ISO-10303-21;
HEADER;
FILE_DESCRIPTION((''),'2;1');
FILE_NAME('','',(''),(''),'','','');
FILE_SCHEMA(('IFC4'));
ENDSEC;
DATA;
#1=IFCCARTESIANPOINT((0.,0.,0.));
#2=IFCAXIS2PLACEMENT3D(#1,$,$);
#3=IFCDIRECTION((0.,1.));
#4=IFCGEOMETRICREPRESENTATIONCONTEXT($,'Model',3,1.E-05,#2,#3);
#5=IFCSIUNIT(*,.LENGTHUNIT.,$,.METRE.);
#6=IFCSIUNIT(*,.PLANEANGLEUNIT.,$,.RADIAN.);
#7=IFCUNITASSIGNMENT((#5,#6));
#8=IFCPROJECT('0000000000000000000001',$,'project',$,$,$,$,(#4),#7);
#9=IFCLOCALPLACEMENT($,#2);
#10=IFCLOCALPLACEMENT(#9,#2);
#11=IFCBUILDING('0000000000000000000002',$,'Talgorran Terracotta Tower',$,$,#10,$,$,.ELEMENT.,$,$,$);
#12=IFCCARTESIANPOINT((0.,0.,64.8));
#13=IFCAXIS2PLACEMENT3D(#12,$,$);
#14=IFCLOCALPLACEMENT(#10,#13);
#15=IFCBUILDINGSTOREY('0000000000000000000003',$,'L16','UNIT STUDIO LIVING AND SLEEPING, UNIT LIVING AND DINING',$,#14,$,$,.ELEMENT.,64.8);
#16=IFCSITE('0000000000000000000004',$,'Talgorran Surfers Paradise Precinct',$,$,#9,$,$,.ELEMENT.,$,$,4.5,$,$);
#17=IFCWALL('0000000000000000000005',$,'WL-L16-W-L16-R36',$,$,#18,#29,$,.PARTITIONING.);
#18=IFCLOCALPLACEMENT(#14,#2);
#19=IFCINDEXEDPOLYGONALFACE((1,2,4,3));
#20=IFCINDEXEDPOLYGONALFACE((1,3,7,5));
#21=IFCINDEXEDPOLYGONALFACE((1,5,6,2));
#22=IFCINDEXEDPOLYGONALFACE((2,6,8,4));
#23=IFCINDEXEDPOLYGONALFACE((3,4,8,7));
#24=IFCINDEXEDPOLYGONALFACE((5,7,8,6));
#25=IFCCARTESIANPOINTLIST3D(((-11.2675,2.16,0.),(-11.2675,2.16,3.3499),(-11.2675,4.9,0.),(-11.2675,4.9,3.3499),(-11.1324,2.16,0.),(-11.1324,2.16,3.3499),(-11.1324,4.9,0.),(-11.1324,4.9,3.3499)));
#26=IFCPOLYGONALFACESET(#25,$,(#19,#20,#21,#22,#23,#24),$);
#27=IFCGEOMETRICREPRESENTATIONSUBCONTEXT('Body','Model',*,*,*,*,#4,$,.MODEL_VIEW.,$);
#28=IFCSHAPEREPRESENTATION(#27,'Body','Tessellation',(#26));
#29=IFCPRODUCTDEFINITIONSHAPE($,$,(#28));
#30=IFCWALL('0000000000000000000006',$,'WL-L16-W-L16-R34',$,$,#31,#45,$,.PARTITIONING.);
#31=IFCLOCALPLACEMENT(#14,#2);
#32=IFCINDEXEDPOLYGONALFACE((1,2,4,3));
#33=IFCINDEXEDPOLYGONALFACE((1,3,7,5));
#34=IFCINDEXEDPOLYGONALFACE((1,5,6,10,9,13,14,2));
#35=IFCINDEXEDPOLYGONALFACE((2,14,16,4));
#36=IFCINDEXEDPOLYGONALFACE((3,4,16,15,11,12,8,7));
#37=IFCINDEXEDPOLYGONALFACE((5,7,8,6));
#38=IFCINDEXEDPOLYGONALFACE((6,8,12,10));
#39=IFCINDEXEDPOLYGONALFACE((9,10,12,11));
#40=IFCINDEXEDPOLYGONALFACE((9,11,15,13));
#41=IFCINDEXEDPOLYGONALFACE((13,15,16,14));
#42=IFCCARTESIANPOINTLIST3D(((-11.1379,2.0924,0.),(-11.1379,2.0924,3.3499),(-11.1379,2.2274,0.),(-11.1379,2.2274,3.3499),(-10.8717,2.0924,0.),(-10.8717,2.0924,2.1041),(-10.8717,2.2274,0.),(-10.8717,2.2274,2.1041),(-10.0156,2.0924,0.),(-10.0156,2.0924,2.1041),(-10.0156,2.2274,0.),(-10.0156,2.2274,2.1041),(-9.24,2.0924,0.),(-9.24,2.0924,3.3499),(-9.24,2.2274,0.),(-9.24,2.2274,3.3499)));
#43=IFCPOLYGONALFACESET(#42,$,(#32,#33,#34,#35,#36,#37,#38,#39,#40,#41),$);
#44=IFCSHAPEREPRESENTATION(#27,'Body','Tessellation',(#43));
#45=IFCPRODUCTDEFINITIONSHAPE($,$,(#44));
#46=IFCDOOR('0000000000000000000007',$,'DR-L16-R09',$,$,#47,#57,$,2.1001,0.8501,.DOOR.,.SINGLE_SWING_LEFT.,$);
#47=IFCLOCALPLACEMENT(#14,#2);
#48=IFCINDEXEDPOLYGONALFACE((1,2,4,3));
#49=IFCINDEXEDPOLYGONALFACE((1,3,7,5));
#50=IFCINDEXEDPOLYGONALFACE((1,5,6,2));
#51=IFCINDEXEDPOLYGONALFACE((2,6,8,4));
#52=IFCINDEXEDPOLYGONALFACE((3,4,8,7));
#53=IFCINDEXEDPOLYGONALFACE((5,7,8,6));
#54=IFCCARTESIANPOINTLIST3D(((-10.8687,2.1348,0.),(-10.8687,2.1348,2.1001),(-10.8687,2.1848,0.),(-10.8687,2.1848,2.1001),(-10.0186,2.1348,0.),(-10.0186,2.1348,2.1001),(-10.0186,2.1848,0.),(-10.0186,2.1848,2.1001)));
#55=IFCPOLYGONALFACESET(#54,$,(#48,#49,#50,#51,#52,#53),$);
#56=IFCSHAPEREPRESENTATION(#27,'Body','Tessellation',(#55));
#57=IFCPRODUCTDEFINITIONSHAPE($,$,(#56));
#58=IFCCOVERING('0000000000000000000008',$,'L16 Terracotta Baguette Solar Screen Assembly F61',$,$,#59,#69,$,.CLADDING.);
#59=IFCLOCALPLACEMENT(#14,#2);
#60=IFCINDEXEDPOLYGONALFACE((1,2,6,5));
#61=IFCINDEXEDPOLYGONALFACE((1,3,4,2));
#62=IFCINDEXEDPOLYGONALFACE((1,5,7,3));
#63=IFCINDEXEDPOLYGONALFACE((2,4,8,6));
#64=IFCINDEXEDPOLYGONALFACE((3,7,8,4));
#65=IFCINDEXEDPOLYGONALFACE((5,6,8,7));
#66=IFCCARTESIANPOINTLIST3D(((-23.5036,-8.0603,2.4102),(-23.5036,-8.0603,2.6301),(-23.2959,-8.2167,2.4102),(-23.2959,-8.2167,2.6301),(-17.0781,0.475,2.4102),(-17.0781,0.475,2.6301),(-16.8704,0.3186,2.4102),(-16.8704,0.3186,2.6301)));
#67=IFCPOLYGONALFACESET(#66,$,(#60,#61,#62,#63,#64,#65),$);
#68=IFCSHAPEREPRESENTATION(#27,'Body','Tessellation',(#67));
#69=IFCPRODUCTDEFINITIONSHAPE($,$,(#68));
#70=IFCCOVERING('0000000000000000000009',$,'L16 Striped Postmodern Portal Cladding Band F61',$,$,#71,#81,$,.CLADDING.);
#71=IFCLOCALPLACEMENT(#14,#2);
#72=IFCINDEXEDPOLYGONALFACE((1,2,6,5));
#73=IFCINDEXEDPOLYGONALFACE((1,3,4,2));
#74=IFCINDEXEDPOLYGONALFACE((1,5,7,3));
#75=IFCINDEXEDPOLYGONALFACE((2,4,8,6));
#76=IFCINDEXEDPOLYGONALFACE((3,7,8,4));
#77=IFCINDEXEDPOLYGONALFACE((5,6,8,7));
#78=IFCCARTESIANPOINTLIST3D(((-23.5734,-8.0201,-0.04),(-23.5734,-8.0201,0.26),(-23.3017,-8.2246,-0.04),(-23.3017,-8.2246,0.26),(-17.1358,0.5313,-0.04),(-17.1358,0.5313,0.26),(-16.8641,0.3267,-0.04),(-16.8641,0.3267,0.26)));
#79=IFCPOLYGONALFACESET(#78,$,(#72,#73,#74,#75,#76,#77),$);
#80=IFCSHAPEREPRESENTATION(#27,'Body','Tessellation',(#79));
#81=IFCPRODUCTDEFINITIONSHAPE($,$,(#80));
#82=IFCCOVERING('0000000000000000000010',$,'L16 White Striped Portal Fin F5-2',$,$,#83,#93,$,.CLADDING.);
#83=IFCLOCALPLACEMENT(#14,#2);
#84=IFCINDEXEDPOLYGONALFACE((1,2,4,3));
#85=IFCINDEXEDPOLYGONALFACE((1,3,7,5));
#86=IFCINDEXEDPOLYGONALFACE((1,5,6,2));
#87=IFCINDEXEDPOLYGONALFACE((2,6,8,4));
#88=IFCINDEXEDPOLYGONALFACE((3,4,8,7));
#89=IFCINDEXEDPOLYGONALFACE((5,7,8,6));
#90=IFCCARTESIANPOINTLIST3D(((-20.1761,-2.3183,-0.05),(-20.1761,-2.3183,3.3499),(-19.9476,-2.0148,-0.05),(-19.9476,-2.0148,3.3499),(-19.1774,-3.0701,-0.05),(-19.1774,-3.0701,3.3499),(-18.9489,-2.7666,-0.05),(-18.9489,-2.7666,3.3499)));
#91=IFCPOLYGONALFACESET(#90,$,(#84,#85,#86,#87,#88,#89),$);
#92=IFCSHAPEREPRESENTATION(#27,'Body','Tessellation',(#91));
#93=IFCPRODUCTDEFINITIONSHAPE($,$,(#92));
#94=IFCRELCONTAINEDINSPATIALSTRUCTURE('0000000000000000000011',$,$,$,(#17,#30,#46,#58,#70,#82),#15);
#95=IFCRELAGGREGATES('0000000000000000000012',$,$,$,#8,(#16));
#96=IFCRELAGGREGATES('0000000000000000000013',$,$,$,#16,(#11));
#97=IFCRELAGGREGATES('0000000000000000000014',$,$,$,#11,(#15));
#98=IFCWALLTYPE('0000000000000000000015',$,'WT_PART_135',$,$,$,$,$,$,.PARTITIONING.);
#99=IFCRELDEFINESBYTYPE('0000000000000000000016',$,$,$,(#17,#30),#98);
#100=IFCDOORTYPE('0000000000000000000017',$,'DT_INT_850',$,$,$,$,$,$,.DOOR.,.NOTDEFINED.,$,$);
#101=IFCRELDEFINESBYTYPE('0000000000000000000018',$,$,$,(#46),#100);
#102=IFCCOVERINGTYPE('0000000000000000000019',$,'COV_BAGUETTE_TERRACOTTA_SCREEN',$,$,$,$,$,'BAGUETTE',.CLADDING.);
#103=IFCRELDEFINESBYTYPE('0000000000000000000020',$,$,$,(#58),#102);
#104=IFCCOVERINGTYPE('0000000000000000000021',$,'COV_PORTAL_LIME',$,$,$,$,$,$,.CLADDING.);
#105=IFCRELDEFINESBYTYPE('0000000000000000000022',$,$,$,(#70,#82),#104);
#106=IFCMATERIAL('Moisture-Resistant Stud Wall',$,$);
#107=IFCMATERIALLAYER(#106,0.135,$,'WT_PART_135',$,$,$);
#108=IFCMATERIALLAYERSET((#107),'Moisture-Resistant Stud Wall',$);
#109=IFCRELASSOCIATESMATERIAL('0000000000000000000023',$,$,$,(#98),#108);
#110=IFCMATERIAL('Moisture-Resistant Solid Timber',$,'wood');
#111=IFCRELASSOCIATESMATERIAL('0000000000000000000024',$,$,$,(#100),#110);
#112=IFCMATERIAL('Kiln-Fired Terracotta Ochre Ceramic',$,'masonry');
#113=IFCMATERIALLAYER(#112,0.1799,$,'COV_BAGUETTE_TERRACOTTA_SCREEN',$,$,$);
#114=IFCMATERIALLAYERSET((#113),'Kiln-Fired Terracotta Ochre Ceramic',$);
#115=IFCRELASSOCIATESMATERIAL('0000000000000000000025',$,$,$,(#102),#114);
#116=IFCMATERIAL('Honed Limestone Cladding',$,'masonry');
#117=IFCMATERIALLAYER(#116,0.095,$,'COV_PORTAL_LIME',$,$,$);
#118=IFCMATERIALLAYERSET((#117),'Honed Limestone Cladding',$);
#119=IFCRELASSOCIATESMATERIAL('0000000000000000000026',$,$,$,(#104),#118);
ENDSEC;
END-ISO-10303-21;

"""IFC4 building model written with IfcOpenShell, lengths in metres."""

from ifc_helpers import new_model, si_unit, direction, frame, frame_2d, origin, origin_2d, place, context, subcontext, project, spatial, rectangle, extrude, material, layer, layer_set, type_object, element, fill, save


model = new_model("IFC4")

# Units and contexts
model_context = context("Model", 3, precision=1e-05, world=origin(), true_north=direction((0.0, 1.0)))
body_context = subcontext(model_context, "Body", "Model", "MODEL_VIEW")
ifc_project = project(units=[si_unit("LENGTHUNIT", "METRE"), si_unit("PLANEANGLEUNIT", "RADIAN")], contexts=[model_context])

# Site, building, storey
site_placement = place(None, origin())
site = spatial("IfcSite", under=ifc_project, at=site_placement, Name="Talgorran Surfers Paradise Precinct", CompositionType="ELEMENT", RefElevation=4.5)
building_placement = place(site_placement, origin())
building = spatial("IfcBuilding", under=site, at=building_placement, Name="Talgorran Terracotta Tower", CompositionType="ELEMENT")
storey_placement = place(building_placement, frame((0.0, 0.0, 64.8)))
storey = spatial("IfcBuildingStorey", under=building, at=storey_placement, Name="L16", Description="UNIT STUDIO LIVING AND SLEEPING, UNIT LIVING AND DINING", CompositionType="ELEMENT", Elevation=64.8)

# Wall
ifc_material_1 = material(Name="Moisture-Resistant Stud Wall")
ifc_layer_1 = layer(ifc_material_1, 0.135, Name="WT_PART_135")
ifc_layer_set_1 = layer_set([ifc_layer_1], Name="Moisture-Resistant Stud Wall")
wall_type_1 = type_object("IfcWallType", Name="WT_PART_135", PredefinedType="PARTITIONING", material=ifc_layer_set_1)
wall_1_placement = place(storey_placement, frame((-11.2, 2.1599, 0.0), z_axis=(0.0, 0.0, 1.0), x_axis=(0.0, 1.0, 0.0)))
element("IfcWall", 1, at=wall_1_placement, inside=storey, type_object=wall_type_1, Name="WL-L16-W-L16-R36", PredefinedType="PARTITIONING", context=body_context, shape_type="SweptSolid", body=[
    extrude(rectangle(XDim=2.74, YDim=0.135, at=frame_2d((1.3701, 0.0))), origin(), (0.0, 0.0, 1.0), 3.3499),
])

# Wall, opening, door
wall_2_placement = place(storey_placement, frame((-11.1379, 2.1599, 0.0), z_axis=(0.0, 0.0, 1.0), x_axis=(1.0, 0.0, 0.0)))
wall_2 = element("IfcWall", 2, at=wall_2_placement, inside=storey, type_object=wall_type_1, Name="WL-L16-W-L16-R34", PredefinedType="PARTITIONING", context=body_context, shape_type="SweptSolid", body=[
    extrude(rectangle(XDim=1.8979, YDim=0.135, at=frame_2d((0.949, 0.0))), origin(), (0.0, 0.0, 1.0), 3.3499),
])
opening_1_placement = place(wall_2_placement, frame((0.2693, 0.0, 0.0)))
opening_1 = element("IfcOpeningElement", 3, at=opening_1_placement, cuts=wall_2, PredefinedType="OPENING", context=body_context, shape_type="SweptSolid", body=[
    extrude(rectangle(XDim=0.8561, YDim=2.1041, at=frame_2d((0.425, 1.052))), frame((0.0, 0.0776, 0.0), z_axis=(0.0, -1.0, 0.0), x_axis=(1.0, 0.0, 0.0)), (0.0, 0.0, 1.0), 0.155),
])
ifc_material_2 = material(Name="Moisture-Resistant Solid Timber", Category="wood")
door_type_1 = type_object("IfcDoorType", Name="DT_INT_850", OperationType="NOTDEFINED", PredefinedType="DOOR", material=ifc_material_2)
door_1_placement = place(opening_1_placement, origin())
door_1 = element("IfcDoor", 4, at=door_1_placement, inside=storey, type_object=door_type_1, Name="DR-L16-R09", OperationType="SINGLE_SWING_LEFT", OverallHeight=2.1001, OverallWidth=0.8501, PredefinedType="DOOR", context=body_context, shape_type="SweptSolid", body=[
    extrude(rectangle(XDim=0.8501, YDim=2.1001, at=frame_2d((0.425, 1.05))), frame((0.0, 0.0249, 0.0), z_axis=(0.0, -1.0, 0.0), x_axis=(1.0, 0.0, 0.0)), (0.0, 0.0, 1.0), 0.05),
])
fill(opening_1, door_1)

# Coverings
ifc_material_3 = material(Name="Kiln-Fired Terracotta Ochre Ceramic", Category="masonry")
ifc_layer_2 = layer(ifc_material_3, 0.1799, Name="COV_BAGUETTE_TERRACOTTA_SCREEN")
ifc_layer_set_2 = layer_set([ifc_layer_2], Name="Kiln-Fired Terracotta Ochre Ceramic")
covering_type_1 = type_object("IfcCoveringType", Name="COV_BAGUETTE_TERRACOTTA_SCREEN", ElementType="BAGUETTE", PredefinedType="CLADDING", material=ifc_layer_set_2)
covering_1_placement = place(storey_placement, frame((-20.187, -3.8708, 2.4102), z_axis=(0.0, 0.0, 1.0), x_axis=(-0.601439, -0.798919, 0.0)))
element("IfcCovering", 5, at=covering_1_placement, inside=storey, type_object=covering_type_1, Name="L16 Terracotta Baguette Solar Screen Assembly F61", PredefinedType="CLADDING", context=body_context, shape_type="SweptSolid", body=[
    extrude(rectangle(XDim=10.6836, YDim=0.26, at=origin_2d()), origin(), (0.0, 0.0, 1.0), 0.22),
])
ifc_material_4 = material(Name="Honed Limestone Cladding", Category="masonry")
ifc_layer_3 = layer(ifc_material_4, 0.095, Name="COV_PORTAL_LIME")
ifc_layer_set_3 = layer_set([ifc_layer_3], Name="Honed Limestone Cladding")
covering_type_2 = type_object("IfcCoveringType", Name="COV_PORTAL_LIME", PredefinedType="CLADDING", material=ifc_layer_set_3)
covering_2_placement = place(storey_placement, frame((-20.2188, -3.8467, -0.04), z_axis=(0.0, 0.0, 1.0), x_axis=(-0.601439, -0.798919, 0.0)))
element("IfcCovering", 6, at=covering_2_placement, inside=storey, type_object=covering_type_2, Name="L16 Striped Postmodern Portal Cladding Band F61", PredefinedType="CLADDING", context=body_context, shape_type="SweptSolid", body=[
    extrude(rectangle(XDim=10.7036, YDim=0.3401, at=origin_2d()), origin(), (0.0, 0.0, 1.0), 0.3),
])
covering_3_placement = place(storey_placement, frame((-19.5625, -2.5425, -0.05), z_axis=(0.0, 0.0, 1.0), x_axis=(-0.601439, -0.798919, 0.0)))
element("IfcCovering", 7, at=covering_3_placement, inside=storey, type_object=covering_type_2, Name="L16 White Striped Portal Fin F5-2", PredefinedType="CLADDING", context=body_context, shape_type="SweptSolid", body=[
    extrude(rectangle(XDim=0.3799, YDim=1.25, at=origin_2d()), origin(), (0.0, 0.0, 1.0), 3.3999),
])

save(model, "model.ifc")
